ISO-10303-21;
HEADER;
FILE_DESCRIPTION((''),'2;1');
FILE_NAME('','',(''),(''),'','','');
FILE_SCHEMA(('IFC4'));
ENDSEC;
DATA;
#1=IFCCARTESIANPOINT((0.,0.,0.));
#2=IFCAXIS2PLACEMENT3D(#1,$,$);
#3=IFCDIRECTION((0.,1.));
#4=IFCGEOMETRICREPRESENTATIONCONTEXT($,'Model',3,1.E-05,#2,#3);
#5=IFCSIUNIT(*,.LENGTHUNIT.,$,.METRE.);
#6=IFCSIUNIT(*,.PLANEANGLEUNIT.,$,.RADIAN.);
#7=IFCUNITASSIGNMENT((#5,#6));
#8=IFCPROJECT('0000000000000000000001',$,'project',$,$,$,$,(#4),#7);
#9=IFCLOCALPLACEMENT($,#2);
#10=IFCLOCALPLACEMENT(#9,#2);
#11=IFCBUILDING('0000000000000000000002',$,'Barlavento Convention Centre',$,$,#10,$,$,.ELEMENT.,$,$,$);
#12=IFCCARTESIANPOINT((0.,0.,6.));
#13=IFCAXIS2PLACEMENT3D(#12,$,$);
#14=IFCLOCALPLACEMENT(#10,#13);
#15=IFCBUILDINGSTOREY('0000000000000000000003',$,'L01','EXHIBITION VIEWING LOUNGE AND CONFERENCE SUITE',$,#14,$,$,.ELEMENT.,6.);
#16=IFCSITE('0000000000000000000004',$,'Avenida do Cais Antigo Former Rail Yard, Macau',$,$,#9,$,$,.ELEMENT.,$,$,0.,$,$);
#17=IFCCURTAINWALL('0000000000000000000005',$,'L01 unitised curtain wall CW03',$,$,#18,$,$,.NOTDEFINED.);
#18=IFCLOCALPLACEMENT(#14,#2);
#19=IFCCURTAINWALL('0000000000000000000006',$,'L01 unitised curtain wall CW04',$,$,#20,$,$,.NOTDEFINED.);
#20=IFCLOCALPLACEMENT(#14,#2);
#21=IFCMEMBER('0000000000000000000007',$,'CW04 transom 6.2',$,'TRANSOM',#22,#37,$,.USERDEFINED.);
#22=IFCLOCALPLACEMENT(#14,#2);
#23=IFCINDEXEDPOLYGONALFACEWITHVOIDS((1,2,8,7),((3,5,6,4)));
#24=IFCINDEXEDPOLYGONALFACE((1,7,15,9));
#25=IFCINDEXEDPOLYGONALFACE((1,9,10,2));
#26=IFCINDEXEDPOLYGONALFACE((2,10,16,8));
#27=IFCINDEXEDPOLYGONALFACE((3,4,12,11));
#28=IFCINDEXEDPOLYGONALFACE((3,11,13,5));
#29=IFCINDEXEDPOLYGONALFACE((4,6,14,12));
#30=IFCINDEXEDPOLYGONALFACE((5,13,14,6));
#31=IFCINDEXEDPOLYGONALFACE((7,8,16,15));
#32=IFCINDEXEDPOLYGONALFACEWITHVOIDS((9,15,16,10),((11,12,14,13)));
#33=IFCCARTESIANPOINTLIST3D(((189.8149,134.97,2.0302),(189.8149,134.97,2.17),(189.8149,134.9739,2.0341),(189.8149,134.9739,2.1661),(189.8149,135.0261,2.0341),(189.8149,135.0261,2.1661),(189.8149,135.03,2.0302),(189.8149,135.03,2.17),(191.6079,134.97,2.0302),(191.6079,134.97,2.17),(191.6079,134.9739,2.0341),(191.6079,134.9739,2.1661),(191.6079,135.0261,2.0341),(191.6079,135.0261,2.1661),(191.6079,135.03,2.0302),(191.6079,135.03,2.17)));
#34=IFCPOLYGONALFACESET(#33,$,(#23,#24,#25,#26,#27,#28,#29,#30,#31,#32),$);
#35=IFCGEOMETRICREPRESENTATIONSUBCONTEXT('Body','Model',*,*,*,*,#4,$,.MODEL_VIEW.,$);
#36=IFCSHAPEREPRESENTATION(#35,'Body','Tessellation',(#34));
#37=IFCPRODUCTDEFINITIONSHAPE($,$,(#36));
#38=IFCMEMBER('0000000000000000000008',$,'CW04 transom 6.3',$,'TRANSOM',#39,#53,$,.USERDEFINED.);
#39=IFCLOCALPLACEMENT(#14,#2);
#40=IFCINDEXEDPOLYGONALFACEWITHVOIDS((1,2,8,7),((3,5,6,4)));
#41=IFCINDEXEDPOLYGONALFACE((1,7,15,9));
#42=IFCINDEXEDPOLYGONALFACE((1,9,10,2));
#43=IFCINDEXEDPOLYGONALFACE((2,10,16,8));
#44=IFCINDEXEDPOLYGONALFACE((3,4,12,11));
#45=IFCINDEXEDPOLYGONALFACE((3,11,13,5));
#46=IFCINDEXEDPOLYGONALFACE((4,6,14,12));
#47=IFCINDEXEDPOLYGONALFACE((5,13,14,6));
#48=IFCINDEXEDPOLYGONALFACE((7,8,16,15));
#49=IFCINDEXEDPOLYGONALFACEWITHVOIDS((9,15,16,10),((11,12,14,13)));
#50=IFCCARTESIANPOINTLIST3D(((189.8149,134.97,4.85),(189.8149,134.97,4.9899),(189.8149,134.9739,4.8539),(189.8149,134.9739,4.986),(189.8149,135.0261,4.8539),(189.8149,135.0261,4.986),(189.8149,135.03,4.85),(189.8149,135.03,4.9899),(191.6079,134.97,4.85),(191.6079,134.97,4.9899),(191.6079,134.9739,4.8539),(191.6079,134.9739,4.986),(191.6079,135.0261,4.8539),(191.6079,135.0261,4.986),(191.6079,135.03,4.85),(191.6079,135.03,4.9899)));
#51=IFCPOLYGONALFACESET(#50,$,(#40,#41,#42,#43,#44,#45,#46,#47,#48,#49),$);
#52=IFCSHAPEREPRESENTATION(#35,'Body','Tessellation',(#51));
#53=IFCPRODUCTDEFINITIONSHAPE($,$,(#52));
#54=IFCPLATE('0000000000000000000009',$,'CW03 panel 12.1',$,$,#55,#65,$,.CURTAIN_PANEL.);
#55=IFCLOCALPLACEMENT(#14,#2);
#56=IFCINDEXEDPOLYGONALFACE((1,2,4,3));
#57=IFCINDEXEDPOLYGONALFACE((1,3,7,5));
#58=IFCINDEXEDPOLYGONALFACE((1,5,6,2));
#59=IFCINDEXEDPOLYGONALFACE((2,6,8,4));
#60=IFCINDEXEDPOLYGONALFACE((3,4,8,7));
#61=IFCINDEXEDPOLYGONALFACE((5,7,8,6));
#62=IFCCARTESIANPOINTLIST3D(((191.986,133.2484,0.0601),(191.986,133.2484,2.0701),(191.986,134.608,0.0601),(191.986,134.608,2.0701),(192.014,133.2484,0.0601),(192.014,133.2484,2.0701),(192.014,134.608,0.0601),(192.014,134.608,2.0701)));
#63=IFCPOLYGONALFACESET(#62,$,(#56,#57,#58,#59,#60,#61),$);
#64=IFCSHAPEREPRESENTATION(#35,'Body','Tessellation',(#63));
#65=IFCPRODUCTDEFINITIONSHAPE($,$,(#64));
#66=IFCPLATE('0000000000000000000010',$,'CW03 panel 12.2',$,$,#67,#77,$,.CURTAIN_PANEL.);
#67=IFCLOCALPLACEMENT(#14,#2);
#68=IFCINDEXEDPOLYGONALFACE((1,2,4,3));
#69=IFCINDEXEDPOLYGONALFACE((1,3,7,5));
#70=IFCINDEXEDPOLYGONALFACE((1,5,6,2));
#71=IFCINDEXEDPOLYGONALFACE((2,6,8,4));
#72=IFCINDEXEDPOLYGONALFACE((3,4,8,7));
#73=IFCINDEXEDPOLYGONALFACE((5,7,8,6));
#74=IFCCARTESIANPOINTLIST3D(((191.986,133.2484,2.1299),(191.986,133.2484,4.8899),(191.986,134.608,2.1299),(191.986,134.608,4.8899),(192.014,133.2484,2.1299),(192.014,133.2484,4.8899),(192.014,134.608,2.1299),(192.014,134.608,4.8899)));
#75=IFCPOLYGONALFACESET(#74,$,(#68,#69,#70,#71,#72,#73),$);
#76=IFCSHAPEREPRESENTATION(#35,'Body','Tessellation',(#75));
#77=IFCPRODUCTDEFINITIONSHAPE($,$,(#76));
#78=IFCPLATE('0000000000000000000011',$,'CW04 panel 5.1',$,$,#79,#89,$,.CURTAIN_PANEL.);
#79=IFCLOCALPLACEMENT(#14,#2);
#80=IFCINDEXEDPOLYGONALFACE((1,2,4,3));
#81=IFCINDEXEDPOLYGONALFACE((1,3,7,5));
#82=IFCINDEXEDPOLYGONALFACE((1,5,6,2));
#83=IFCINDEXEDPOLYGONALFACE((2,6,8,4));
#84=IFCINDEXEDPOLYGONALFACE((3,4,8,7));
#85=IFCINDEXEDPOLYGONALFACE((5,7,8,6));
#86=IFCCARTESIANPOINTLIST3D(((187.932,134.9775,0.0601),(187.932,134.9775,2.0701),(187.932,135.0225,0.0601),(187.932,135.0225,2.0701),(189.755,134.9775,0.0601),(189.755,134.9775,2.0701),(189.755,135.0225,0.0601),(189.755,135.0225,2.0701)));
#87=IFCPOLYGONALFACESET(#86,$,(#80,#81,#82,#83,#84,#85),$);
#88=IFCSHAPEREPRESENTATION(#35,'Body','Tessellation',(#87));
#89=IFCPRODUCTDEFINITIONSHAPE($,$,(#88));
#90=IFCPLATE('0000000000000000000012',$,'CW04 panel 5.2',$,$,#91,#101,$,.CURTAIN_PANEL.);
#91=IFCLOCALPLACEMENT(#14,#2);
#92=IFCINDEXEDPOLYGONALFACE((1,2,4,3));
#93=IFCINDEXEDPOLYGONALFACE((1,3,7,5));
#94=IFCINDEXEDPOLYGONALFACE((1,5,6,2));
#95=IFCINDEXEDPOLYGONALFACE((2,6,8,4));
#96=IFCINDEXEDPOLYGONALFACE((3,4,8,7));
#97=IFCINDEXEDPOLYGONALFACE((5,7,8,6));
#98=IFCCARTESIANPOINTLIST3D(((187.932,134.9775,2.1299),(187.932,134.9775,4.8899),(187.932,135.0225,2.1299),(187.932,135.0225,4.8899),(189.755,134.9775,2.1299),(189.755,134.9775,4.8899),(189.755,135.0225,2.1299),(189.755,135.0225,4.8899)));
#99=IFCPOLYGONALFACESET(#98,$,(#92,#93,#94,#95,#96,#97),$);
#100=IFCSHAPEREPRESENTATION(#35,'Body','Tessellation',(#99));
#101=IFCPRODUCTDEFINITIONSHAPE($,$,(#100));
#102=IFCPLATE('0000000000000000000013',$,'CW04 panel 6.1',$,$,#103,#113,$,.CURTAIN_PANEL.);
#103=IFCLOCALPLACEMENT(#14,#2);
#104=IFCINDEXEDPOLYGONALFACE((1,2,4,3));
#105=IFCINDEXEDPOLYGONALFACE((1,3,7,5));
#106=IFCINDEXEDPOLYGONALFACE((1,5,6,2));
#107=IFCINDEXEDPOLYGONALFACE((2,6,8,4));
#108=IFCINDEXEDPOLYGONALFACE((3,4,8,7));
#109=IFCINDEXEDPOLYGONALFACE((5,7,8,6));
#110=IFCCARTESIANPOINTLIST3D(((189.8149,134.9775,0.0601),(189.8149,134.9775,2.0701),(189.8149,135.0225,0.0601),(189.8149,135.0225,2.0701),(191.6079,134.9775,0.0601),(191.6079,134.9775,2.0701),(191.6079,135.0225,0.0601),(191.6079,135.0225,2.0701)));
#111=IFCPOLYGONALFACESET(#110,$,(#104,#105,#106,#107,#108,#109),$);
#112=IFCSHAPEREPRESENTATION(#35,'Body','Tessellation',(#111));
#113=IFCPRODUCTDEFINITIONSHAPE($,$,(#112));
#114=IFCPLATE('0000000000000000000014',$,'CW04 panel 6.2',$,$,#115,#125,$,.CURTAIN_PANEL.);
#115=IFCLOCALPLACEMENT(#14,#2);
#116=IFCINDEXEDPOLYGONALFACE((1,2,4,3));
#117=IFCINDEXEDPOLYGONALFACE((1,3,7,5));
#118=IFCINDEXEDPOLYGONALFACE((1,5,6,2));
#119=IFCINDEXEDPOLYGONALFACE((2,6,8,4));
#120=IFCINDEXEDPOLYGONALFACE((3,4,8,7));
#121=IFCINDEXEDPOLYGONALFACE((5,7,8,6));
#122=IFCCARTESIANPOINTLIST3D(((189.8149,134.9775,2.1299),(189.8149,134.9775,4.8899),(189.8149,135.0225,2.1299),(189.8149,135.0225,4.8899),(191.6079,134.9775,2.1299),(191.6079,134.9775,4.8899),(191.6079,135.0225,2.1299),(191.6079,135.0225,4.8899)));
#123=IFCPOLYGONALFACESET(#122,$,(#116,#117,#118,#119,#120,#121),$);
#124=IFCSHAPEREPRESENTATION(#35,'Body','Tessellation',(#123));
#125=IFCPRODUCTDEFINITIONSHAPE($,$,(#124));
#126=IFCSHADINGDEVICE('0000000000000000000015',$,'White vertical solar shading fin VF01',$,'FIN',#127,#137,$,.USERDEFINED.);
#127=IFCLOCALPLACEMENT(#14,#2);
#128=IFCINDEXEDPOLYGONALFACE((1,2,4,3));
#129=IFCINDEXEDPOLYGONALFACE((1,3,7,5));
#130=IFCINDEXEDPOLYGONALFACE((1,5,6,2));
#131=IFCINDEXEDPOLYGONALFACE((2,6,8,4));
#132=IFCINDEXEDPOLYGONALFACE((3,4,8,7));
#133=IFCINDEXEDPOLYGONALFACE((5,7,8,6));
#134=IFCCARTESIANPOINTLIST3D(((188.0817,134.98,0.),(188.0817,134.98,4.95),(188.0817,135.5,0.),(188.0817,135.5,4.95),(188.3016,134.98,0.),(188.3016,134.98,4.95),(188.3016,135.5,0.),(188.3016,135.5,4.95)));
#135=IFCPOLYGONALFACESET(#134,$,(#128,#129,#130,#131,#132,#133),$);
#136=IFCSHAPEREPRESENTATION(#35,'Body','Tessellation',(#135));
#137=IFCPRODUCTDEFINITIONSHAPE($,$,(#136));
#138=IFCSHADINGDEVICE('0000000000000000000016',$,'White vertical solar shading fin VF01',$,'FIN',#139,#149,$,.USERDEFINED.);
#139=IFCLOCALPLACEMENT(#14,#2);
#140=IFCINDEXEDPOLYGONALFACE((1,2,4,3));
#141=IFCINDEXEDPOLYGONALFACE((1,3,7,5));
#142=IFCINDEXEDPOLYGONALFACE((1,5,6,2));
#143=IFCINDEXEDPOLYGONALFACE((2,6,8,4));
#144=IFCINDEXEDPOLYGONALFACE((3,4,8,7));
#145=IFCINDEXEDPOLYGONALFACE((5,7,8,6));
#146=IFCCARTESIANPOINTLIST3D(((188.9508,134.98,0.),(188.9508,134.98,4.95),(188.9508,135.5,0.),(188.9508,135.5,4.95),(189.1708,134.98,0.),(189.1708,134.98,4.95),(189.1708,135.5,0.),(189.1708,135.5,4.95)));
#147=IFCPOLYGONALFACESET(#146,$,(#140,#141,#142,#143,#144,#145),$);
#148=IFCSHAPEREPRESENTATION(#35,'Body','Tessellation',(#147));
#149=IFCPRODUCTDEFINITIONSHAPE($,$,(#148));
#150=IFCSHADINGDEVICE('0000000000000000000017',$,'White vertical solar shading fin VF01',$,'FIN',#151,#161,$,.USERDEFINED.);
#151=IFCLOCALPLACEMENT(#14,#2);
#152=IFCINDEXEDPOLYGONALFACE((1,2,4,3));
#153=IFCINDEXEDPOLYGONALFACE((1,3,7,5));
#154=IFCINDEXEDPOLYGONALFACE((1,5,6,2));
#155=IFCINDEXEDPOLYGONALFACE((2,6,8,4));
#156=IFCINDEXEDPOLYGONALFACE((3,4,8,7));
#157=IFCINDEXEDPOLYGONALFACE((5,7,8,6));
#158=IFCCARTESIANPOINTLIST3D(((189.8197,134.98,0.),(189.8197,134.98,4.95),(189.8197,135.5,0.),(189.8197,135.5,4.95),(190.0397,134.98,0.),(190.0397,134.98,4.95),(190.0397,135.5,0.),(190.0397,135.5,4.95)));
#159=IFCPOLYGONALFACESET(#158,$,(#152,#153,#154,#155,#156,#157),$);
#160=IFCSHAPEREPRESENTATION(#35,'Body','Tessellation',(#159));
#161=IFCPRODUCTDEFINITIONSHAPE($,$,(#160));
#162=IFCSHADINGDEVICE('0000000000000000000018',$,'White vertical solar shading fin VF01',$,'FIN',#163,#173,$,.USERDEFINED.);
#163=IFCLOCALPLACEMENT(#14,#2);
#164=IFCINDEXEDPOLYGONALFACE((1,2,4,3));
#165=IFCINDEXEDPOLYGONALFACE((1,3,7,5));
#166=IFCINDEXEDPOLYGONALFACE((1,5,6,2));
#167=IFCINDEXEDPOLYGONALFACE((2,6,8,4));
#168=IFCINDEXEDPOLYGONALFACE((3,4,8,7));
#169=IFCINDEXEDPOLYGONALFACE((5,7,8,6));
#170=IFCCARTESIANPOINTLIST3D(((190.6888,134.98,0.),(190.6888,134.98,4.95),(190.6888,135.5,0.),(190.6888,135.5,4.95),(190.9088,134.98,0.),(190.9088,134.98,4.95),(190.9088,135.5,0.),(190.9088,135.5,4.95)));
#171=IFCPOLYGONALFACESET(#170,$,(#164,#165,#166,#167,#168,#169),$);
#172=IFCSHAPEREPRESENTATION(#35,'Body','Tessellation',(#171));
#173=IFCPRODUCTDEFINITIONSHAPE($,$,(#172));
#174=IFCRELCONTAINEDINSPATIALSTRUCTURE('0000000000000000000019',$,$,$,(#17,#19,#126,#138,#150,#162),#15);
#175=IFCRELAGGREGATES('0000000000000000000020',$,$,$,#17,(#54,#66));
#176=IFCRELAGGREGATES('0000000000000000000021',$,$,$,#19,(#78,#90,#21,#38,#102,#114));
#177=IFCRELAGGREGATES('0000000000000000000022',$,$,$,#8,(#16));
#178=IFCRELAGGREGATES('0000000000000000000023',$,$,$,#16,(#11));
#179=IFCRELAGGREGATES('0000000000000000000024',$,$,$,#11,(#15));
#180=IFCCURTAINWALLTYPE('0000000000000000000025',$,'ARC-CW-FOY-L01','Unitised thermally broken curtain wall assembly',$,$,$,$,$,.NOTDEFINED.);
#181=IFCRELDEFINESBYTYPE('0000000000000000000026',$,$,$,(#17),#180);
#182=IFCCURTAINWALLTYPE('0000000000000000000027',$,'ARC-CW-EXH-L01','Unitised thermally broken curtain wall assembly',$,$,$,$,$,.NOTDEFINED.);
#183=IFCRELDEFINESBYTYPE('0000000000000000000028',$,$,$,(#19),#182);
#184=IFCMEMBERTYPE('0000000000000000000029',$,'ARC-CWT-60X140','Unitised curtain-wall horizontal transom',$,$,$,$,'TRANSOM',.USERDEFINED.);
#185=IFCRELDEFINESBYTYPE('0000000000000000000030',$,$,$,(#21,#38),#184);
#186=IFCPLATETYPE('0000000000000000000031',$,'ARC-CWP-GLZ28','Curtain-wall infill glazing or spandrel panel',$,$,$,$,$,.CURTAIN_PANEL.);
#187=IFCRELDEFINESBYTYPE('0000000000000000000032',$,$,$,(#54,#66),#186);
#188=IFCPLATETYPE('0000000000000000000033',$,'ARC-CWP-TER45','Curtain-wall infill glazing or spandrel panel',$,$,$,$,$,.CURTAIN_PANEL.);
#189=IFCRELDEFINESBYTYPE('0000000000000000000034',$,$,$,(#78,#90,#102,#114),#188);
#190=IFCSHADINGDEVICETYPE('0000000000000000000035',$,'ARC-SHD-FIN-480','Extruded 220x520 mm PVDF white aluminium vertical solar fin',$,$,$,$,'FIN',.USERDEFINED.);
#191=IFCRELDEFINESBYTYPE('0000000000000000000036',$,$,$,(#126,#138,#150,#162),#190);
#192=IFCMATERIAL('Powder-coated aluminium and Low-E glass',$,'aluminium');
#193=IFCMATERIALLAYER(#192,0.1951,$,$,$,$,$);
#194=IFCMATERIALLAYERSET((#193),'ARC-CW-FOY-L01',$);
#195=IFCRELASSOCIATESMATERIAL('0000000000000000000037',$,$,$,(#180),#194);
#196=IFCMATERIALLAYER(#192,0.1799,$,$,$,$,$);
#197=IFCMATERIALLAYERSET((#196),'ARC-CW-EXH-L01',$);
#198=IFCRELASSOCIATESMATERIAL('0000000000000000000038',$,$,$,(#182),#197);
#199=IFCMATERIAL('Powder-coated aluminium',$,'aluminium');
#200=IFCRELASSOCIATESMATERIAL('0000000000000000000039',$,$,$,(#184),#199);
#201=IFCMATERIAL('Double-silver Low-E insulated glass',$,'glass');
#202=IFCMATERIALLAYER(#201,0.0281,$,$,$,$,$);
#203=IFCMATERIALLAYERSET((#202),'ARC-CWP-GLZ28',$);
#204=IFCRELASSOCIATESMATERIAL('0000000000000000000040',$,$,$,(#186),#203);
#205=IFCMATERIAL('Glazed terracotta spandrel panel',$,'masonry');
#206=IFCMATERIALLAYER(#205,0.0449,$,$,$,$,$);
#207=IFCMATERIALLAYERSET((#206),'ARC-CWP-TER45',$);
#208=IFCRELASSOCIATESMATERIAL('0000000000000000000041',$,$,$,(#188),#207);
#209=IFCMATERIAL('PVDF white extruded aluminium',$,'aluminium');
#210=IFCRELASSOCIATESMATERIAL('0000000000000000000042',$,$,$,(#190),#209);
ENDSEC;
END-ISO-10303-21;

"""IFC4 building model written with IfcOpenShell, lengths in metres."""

from ifc_helpers import new_model, si_unit, direction, frame, origin, origin_2d, place, context, subcontext, project, spatial, rectangle, hollow_rectangle, extrude, material, layer, layer_set, material_profile, profile_set, type_object, element, aggregate, save


model = new_model("IFC4")

# Units and contexts
model_context = context("Model", 3, precision=1e-05, world=origin(), true_north=direction((0.0, 1.0)))
body_context = subcontext(model_context, "Body", "Model", "MODEL_VIEW")
ifc_project = project(units=[si_unit("LENGTHUNIT", "METRE"), si_unit("PLANEANGLEUNIT", "RADIAN")], contexts=[model_context])

# Site, building, storey
site_placement = place(None, origin())
site = spatial("IfcSite", under=ifc_project, at=site_placement, Name="Avenida do Cais Antigo Former Rail Yard, Macau", CompositionType="ELEMENT", RefElevation=0.0)
building_placement = place(site_placement, origin())
building = spatial("IfcBuilding", under=site, at=building_placement, Name="Barlavento Convention Centre", CompositionType="ELEMENT")
storey_placement = place(building_placement, frame((0.0, 0.0, 6.0)))
storey = spatial("IfcBuildingStorey", under=building, at=storey_placement, Name="L01", Description="EXHIBITION VIEWING LOUNGE AND CONFERENCE SUITE", CompositionType="ELEMENT", Elevation=6.0)

# Curtain wall
ifc_material_1 = material(Name="Powder-coated aluminium and Low-E glass", Category="aluminium")
ifc_layer_1 = layer(ifc_material_1, 0.1951)
ifc_layer_set_1 = layer_set([ifc_layer_1], Name="ARC-CW-FOY-L01")
curtain_wall_type_1 = type_object("IfcCurtainWallType", Name="ARC-CW-FOY-L01", Description="Unitised thermally broken curtain wall assembly", PredefinedType="NOTDEFINED", material=ifc_layer_set_1)
curtain_wall_1_placement = place(storey_placement, origin())
curtain_wall_1 = element("IfcCurtainWall", 1, at=curtain_wall_1_placement, inside=storey, type_object=curtain_wall_type_1, Name="L01 unitised curtain wall CW03", PredefinedType="NOTDEFINED")
ifc_material_2 = material(Name="Powder-coated aluminium", Category="aluminium")

# Curtain wall, members
ifc_layer_2 = layer(ifc_material_1, 0.1799)
ifc_layer_set_2 = layer_set([ifc_layer_2], Name="ARC-CW-EXH-L01")
curtain_wall_type_2 = type_object("IfcCurtainWallType", Name="ARC-CW-EXH-L01", Description="Unitised thermally broken curtain wall assembly", PredefinedType="NOTDEFINED", material=ifc_layer_set_2)
curtain_wall_2_placement = place(storey_placement, origin())
curtain_wall_2 = element("IfcCurtainWall", 2, at=curtain_wall_2_placement, inside=storey, type_object=curtain_wall_type_2, Name="L01 unitised curtain wall CW04", PredefinedType="NOTDEFINED")
ifc_material_profile_1 = material_profile(ifc_material_2, hollow_rectangle(XDim=0.0601, YDim=0.1399, WallThickness=0.0039, at=origin_2d()), Name="AL-TRAN 60x140x4")
ifc_profile_set_1 = profile_set([ifc_material_profile_1], Name="Powder-coated aluminium")
member_type_1 = type_object("IfcMemberType", Name="ARC-CWT-60X140", Description="Unitised curtain-wall horizontal transom", ElementType="TRANSOM", PredefinedType="USERDEFINED", material=ifc_profile_set_1)
member_1_placement = place(storey_placement, frame((189.8149, 135.0, 2.1001), z_axis=(1.0, 0.0, 0.0), x_axis=(0.0, 1.0, 0.0)))
member_1 = element("IfcMember", 3, at=member_1_placement, type_object=member_type_1, Name="CW04 transom 6.2", ObjectType="TRANSOM", PredefinedType="USERDEFINED", context=body_context, shape_type="SweptSolid", body=[
    extrude(hollow_rectangle(XDim=0.0601, YDim=0.1399, WallThickness=0.0039, at=origin_2d()), origin(), (0.0, 0.0, 1.0), 1.793),
])
member_2_placement = place(storey_placement, frame((189.8149, 135.0, 4.9199), z_axis=(1.0, 0.0, 0.0), x_axis=(0.0, 1.0, 0.0)))
member_2 = element("IfcMember", 4, at=member_2_placement, type_object=member_type_1, Name="CW04 transom 6.3", ObjectType="TRANSOM", PredefinedType="USERDEFINED", context=body_context, shape_type="SweptSolid", body=[
    extrude(hollow_rectangle(XDim=0.0601, YDim=0.1399, WallThickness=0.0039, at=origin_2d()), origin(), (0.0, 0.0, 1.0), 1.793),
])

# Plates
ifc_material_3 = material(Name="Double-silver Low-E insulated glass", Category="glass")
ifc_layer_3 = layer(ifc_material_3, 0.0281)
ifc_layer_set_3 = layer_set([ifc_layer_3], Name="ARC-CWP-GLZ28")
plate_type_1 = type_object("IfcPlateType", Name="ARC-CWP-GLZ28", Description="Curtain-wall infill glazing or spandrel panel", PredefinedType="CURTAIN_PANEL", material=ifc_layer_set_3)
plate_1_placement = place(storey_placement, frame((192.0, 133.9282, 0.0601), z_axis=(0.0, 0.0, 1.0), x_axis=(0.0, 1.0, 0.0)))
plate_1 = element("IfcPlate", 5, at=plate_1_placement, type_object=plate_type_1, Name="CW03 panel 12.1", PredefinedType="CURTAIN_PANEL", context=body_context, shape_type="SweptSolid", body=[
    extrude(rectangle(XDim=1.3596, YDim=0.0281, at=origin_2d()), origin(), (0.0, 0.0, 1.0), 2.01),
])
plate_2_placement = place(storey_placement, frame((192.0, 133.9282, 2.1299), z_axis=(0.0, 0.0, 1.0), x_axis=(0.0, 1.0, 0.0)))
plate_2 = element("IfcPlate", 6, at=plate_2_placement, type_object=plate_type_1, Name="CW03 panel 12.2", PredefinedType="CURTAIN_PANEL", context=body_context, shape_type="SweptSolid", body=[
    extrude(rectangle(XDim=1.3596, YDim=0.0281, at=origin_2d()), origin(), (0.0, 0.0, 1.0), 2.76),
])
aggregate(curtain_wall_1, [plate_1, plate_2])
ifc_material_4 = material(Name="Glazed terracotta spandrel panel", Category="masonry")
ifc_layer_4 = layer(ifc_material_4, 0.0449)
ifc_layer_set_4 = layer_set([ifc_layer_4], Name="ARC-CWP-TER45")
plate_type_2 = type_object("IfcPlateType", Name="ARC-CWP-TER45", Description="Curtain-wall infill glazing or spandrel panel", PredefinedType="CURTAIN_PANEL", material=ifc_layer_set_4)
plate_3_placement = place(storey_placement, frame((188.8435, 135.0, 0.0601), z_axis=(0.0, 0.0, 1.0), x_axis=(1.0, 0.0, 0.0)))
plate_3 = element("IfcPlate", 7, at=plate_3_placement, type_object=plate_type_2, Name="CW04 panel 5.1", PredefinedType="CURTAIN_PANEL", context=body_context, shape_type="SweptSolid", body=[
    extrude(rectangle(XDim=1.823, YDim=0.0449, at=origin_2d()), origin(), (0.0, 0.0, 1.0), 2.01),
])
plate_4_placement = place(storey_placement, frame((188.8435, 135.0, 2.1299), z_axis=(0.0, 0.0, 1.0), x_axis=(1.0, 0.0, 0.0)))
plate_4 = element("IfcPlate", 8, at=plate_4_placement, type_object=plate_type_2, Name="CW04 panel 5.2", PredefinedType="CURTAIN_PANEL", context=body_context, shape_type="SweptSolid", body=[
    extrude(rectangle(XDim=1.823, YDim=0.0449, at=origin_2d()), origin(), (0.0, 0.0, 1.0), 2.76),
])
plate_5_placement = place(storey_placement, frame((190.7114, 135.0, 0.0601), z_axis=(0.0, 0.0, 1.0), x_axis=(1.0, 0.0, 0.0)))
plate_5 = element("IfcPlate", 9, at=plate_5_placement, type_object=plate_type_2, Name="CW04 panel 6.1", PredefinedType="CURTAIN_PANEL", context=body_context, shape_type="SweptSolid", body=[
    extrude(rectangle(XDim=1.793, YDim=0.0449, at=origin_2d()), origin(), (0.0, 0.0, 1.0), 2.01),
])
plate_6_placement = place(storey_placement, frame((190.7114, 135.0, 2.1299), z_axis=(0.0, 0.0, 1.0), x_axis=(1.0, 0.0, 0.0)))
plate_6 = element("IfcPlate", 10, at=plate_6_placement, type_object=plate_type_2, Name="CW04 panel 6.2", PredefinedType="CURTAIN_PANEL", context=body_context, shape_type="SweptSolid", body=[
    extrude(rectangle(XDim=1.793, YDim=0.0449, at=origin_2d()), origin(), (0.0, 0.0, 1.0), 2.76),
])
aggregate(curtain_wall_2, [plate_3, plate_4, member_1, member_2, plate_5, plate_6])

# Shading devices
ifc_material_5 = material(Name="PVDF white extruded aluminium", Category="aluminium")
shading_device_type = type_object("IfcShadingDeviceType", Name="ARC-SHD-FIN-480", Description="Extruded 220x520 mm PVDF white aluminium vertical solar fin", ElementType="FIN", PredefinedType="USERDEFINED", material=ifc_material_5)
for number, where, z_axis, x_axis, name in (
    (11, (188.1917, 135.24, 0.0), (0.0, 0.0, 1.0), (1.0, 0.0, 0.0), "White vertical solar shading fin VF01"),
    (12, (189.0608, 135.24, 0.0), (0.0, 0.0, 1.0), (1.0, 0.0, 0.0), "White vertical solar shading fin VF01"),
    (13, (189.9297, 135.24, 0.0), (0.0, 0.0, 1.0), (1.0, 0.0, 0.0), "White vertical solar shading fin VF01"),
    (14, (190.7988, 135.24, 0.0), (0.0, 0.0, 1.0), (1.0, 0.0, 0.0), "White vertical solar shading fin VF01"),
):
    element("IfcShadingDevice", number, at=place(storey_placement, frame(where, z_axis=z_axis, x_axis=x_axis)), inside=storey, type_object=shading_device_type, Name=name, ObjectType="FIN", PredefinedType="USERDEFINED", context=body_context, shape_type="SweptSolid", body=[
        extrude(rectangle(XDim=0.22, YDim=0.52, at=origin_2d()), origin(), (0.0, 0.0, 1.0), 4.95),
    ])

save(model, "model.ifc")
